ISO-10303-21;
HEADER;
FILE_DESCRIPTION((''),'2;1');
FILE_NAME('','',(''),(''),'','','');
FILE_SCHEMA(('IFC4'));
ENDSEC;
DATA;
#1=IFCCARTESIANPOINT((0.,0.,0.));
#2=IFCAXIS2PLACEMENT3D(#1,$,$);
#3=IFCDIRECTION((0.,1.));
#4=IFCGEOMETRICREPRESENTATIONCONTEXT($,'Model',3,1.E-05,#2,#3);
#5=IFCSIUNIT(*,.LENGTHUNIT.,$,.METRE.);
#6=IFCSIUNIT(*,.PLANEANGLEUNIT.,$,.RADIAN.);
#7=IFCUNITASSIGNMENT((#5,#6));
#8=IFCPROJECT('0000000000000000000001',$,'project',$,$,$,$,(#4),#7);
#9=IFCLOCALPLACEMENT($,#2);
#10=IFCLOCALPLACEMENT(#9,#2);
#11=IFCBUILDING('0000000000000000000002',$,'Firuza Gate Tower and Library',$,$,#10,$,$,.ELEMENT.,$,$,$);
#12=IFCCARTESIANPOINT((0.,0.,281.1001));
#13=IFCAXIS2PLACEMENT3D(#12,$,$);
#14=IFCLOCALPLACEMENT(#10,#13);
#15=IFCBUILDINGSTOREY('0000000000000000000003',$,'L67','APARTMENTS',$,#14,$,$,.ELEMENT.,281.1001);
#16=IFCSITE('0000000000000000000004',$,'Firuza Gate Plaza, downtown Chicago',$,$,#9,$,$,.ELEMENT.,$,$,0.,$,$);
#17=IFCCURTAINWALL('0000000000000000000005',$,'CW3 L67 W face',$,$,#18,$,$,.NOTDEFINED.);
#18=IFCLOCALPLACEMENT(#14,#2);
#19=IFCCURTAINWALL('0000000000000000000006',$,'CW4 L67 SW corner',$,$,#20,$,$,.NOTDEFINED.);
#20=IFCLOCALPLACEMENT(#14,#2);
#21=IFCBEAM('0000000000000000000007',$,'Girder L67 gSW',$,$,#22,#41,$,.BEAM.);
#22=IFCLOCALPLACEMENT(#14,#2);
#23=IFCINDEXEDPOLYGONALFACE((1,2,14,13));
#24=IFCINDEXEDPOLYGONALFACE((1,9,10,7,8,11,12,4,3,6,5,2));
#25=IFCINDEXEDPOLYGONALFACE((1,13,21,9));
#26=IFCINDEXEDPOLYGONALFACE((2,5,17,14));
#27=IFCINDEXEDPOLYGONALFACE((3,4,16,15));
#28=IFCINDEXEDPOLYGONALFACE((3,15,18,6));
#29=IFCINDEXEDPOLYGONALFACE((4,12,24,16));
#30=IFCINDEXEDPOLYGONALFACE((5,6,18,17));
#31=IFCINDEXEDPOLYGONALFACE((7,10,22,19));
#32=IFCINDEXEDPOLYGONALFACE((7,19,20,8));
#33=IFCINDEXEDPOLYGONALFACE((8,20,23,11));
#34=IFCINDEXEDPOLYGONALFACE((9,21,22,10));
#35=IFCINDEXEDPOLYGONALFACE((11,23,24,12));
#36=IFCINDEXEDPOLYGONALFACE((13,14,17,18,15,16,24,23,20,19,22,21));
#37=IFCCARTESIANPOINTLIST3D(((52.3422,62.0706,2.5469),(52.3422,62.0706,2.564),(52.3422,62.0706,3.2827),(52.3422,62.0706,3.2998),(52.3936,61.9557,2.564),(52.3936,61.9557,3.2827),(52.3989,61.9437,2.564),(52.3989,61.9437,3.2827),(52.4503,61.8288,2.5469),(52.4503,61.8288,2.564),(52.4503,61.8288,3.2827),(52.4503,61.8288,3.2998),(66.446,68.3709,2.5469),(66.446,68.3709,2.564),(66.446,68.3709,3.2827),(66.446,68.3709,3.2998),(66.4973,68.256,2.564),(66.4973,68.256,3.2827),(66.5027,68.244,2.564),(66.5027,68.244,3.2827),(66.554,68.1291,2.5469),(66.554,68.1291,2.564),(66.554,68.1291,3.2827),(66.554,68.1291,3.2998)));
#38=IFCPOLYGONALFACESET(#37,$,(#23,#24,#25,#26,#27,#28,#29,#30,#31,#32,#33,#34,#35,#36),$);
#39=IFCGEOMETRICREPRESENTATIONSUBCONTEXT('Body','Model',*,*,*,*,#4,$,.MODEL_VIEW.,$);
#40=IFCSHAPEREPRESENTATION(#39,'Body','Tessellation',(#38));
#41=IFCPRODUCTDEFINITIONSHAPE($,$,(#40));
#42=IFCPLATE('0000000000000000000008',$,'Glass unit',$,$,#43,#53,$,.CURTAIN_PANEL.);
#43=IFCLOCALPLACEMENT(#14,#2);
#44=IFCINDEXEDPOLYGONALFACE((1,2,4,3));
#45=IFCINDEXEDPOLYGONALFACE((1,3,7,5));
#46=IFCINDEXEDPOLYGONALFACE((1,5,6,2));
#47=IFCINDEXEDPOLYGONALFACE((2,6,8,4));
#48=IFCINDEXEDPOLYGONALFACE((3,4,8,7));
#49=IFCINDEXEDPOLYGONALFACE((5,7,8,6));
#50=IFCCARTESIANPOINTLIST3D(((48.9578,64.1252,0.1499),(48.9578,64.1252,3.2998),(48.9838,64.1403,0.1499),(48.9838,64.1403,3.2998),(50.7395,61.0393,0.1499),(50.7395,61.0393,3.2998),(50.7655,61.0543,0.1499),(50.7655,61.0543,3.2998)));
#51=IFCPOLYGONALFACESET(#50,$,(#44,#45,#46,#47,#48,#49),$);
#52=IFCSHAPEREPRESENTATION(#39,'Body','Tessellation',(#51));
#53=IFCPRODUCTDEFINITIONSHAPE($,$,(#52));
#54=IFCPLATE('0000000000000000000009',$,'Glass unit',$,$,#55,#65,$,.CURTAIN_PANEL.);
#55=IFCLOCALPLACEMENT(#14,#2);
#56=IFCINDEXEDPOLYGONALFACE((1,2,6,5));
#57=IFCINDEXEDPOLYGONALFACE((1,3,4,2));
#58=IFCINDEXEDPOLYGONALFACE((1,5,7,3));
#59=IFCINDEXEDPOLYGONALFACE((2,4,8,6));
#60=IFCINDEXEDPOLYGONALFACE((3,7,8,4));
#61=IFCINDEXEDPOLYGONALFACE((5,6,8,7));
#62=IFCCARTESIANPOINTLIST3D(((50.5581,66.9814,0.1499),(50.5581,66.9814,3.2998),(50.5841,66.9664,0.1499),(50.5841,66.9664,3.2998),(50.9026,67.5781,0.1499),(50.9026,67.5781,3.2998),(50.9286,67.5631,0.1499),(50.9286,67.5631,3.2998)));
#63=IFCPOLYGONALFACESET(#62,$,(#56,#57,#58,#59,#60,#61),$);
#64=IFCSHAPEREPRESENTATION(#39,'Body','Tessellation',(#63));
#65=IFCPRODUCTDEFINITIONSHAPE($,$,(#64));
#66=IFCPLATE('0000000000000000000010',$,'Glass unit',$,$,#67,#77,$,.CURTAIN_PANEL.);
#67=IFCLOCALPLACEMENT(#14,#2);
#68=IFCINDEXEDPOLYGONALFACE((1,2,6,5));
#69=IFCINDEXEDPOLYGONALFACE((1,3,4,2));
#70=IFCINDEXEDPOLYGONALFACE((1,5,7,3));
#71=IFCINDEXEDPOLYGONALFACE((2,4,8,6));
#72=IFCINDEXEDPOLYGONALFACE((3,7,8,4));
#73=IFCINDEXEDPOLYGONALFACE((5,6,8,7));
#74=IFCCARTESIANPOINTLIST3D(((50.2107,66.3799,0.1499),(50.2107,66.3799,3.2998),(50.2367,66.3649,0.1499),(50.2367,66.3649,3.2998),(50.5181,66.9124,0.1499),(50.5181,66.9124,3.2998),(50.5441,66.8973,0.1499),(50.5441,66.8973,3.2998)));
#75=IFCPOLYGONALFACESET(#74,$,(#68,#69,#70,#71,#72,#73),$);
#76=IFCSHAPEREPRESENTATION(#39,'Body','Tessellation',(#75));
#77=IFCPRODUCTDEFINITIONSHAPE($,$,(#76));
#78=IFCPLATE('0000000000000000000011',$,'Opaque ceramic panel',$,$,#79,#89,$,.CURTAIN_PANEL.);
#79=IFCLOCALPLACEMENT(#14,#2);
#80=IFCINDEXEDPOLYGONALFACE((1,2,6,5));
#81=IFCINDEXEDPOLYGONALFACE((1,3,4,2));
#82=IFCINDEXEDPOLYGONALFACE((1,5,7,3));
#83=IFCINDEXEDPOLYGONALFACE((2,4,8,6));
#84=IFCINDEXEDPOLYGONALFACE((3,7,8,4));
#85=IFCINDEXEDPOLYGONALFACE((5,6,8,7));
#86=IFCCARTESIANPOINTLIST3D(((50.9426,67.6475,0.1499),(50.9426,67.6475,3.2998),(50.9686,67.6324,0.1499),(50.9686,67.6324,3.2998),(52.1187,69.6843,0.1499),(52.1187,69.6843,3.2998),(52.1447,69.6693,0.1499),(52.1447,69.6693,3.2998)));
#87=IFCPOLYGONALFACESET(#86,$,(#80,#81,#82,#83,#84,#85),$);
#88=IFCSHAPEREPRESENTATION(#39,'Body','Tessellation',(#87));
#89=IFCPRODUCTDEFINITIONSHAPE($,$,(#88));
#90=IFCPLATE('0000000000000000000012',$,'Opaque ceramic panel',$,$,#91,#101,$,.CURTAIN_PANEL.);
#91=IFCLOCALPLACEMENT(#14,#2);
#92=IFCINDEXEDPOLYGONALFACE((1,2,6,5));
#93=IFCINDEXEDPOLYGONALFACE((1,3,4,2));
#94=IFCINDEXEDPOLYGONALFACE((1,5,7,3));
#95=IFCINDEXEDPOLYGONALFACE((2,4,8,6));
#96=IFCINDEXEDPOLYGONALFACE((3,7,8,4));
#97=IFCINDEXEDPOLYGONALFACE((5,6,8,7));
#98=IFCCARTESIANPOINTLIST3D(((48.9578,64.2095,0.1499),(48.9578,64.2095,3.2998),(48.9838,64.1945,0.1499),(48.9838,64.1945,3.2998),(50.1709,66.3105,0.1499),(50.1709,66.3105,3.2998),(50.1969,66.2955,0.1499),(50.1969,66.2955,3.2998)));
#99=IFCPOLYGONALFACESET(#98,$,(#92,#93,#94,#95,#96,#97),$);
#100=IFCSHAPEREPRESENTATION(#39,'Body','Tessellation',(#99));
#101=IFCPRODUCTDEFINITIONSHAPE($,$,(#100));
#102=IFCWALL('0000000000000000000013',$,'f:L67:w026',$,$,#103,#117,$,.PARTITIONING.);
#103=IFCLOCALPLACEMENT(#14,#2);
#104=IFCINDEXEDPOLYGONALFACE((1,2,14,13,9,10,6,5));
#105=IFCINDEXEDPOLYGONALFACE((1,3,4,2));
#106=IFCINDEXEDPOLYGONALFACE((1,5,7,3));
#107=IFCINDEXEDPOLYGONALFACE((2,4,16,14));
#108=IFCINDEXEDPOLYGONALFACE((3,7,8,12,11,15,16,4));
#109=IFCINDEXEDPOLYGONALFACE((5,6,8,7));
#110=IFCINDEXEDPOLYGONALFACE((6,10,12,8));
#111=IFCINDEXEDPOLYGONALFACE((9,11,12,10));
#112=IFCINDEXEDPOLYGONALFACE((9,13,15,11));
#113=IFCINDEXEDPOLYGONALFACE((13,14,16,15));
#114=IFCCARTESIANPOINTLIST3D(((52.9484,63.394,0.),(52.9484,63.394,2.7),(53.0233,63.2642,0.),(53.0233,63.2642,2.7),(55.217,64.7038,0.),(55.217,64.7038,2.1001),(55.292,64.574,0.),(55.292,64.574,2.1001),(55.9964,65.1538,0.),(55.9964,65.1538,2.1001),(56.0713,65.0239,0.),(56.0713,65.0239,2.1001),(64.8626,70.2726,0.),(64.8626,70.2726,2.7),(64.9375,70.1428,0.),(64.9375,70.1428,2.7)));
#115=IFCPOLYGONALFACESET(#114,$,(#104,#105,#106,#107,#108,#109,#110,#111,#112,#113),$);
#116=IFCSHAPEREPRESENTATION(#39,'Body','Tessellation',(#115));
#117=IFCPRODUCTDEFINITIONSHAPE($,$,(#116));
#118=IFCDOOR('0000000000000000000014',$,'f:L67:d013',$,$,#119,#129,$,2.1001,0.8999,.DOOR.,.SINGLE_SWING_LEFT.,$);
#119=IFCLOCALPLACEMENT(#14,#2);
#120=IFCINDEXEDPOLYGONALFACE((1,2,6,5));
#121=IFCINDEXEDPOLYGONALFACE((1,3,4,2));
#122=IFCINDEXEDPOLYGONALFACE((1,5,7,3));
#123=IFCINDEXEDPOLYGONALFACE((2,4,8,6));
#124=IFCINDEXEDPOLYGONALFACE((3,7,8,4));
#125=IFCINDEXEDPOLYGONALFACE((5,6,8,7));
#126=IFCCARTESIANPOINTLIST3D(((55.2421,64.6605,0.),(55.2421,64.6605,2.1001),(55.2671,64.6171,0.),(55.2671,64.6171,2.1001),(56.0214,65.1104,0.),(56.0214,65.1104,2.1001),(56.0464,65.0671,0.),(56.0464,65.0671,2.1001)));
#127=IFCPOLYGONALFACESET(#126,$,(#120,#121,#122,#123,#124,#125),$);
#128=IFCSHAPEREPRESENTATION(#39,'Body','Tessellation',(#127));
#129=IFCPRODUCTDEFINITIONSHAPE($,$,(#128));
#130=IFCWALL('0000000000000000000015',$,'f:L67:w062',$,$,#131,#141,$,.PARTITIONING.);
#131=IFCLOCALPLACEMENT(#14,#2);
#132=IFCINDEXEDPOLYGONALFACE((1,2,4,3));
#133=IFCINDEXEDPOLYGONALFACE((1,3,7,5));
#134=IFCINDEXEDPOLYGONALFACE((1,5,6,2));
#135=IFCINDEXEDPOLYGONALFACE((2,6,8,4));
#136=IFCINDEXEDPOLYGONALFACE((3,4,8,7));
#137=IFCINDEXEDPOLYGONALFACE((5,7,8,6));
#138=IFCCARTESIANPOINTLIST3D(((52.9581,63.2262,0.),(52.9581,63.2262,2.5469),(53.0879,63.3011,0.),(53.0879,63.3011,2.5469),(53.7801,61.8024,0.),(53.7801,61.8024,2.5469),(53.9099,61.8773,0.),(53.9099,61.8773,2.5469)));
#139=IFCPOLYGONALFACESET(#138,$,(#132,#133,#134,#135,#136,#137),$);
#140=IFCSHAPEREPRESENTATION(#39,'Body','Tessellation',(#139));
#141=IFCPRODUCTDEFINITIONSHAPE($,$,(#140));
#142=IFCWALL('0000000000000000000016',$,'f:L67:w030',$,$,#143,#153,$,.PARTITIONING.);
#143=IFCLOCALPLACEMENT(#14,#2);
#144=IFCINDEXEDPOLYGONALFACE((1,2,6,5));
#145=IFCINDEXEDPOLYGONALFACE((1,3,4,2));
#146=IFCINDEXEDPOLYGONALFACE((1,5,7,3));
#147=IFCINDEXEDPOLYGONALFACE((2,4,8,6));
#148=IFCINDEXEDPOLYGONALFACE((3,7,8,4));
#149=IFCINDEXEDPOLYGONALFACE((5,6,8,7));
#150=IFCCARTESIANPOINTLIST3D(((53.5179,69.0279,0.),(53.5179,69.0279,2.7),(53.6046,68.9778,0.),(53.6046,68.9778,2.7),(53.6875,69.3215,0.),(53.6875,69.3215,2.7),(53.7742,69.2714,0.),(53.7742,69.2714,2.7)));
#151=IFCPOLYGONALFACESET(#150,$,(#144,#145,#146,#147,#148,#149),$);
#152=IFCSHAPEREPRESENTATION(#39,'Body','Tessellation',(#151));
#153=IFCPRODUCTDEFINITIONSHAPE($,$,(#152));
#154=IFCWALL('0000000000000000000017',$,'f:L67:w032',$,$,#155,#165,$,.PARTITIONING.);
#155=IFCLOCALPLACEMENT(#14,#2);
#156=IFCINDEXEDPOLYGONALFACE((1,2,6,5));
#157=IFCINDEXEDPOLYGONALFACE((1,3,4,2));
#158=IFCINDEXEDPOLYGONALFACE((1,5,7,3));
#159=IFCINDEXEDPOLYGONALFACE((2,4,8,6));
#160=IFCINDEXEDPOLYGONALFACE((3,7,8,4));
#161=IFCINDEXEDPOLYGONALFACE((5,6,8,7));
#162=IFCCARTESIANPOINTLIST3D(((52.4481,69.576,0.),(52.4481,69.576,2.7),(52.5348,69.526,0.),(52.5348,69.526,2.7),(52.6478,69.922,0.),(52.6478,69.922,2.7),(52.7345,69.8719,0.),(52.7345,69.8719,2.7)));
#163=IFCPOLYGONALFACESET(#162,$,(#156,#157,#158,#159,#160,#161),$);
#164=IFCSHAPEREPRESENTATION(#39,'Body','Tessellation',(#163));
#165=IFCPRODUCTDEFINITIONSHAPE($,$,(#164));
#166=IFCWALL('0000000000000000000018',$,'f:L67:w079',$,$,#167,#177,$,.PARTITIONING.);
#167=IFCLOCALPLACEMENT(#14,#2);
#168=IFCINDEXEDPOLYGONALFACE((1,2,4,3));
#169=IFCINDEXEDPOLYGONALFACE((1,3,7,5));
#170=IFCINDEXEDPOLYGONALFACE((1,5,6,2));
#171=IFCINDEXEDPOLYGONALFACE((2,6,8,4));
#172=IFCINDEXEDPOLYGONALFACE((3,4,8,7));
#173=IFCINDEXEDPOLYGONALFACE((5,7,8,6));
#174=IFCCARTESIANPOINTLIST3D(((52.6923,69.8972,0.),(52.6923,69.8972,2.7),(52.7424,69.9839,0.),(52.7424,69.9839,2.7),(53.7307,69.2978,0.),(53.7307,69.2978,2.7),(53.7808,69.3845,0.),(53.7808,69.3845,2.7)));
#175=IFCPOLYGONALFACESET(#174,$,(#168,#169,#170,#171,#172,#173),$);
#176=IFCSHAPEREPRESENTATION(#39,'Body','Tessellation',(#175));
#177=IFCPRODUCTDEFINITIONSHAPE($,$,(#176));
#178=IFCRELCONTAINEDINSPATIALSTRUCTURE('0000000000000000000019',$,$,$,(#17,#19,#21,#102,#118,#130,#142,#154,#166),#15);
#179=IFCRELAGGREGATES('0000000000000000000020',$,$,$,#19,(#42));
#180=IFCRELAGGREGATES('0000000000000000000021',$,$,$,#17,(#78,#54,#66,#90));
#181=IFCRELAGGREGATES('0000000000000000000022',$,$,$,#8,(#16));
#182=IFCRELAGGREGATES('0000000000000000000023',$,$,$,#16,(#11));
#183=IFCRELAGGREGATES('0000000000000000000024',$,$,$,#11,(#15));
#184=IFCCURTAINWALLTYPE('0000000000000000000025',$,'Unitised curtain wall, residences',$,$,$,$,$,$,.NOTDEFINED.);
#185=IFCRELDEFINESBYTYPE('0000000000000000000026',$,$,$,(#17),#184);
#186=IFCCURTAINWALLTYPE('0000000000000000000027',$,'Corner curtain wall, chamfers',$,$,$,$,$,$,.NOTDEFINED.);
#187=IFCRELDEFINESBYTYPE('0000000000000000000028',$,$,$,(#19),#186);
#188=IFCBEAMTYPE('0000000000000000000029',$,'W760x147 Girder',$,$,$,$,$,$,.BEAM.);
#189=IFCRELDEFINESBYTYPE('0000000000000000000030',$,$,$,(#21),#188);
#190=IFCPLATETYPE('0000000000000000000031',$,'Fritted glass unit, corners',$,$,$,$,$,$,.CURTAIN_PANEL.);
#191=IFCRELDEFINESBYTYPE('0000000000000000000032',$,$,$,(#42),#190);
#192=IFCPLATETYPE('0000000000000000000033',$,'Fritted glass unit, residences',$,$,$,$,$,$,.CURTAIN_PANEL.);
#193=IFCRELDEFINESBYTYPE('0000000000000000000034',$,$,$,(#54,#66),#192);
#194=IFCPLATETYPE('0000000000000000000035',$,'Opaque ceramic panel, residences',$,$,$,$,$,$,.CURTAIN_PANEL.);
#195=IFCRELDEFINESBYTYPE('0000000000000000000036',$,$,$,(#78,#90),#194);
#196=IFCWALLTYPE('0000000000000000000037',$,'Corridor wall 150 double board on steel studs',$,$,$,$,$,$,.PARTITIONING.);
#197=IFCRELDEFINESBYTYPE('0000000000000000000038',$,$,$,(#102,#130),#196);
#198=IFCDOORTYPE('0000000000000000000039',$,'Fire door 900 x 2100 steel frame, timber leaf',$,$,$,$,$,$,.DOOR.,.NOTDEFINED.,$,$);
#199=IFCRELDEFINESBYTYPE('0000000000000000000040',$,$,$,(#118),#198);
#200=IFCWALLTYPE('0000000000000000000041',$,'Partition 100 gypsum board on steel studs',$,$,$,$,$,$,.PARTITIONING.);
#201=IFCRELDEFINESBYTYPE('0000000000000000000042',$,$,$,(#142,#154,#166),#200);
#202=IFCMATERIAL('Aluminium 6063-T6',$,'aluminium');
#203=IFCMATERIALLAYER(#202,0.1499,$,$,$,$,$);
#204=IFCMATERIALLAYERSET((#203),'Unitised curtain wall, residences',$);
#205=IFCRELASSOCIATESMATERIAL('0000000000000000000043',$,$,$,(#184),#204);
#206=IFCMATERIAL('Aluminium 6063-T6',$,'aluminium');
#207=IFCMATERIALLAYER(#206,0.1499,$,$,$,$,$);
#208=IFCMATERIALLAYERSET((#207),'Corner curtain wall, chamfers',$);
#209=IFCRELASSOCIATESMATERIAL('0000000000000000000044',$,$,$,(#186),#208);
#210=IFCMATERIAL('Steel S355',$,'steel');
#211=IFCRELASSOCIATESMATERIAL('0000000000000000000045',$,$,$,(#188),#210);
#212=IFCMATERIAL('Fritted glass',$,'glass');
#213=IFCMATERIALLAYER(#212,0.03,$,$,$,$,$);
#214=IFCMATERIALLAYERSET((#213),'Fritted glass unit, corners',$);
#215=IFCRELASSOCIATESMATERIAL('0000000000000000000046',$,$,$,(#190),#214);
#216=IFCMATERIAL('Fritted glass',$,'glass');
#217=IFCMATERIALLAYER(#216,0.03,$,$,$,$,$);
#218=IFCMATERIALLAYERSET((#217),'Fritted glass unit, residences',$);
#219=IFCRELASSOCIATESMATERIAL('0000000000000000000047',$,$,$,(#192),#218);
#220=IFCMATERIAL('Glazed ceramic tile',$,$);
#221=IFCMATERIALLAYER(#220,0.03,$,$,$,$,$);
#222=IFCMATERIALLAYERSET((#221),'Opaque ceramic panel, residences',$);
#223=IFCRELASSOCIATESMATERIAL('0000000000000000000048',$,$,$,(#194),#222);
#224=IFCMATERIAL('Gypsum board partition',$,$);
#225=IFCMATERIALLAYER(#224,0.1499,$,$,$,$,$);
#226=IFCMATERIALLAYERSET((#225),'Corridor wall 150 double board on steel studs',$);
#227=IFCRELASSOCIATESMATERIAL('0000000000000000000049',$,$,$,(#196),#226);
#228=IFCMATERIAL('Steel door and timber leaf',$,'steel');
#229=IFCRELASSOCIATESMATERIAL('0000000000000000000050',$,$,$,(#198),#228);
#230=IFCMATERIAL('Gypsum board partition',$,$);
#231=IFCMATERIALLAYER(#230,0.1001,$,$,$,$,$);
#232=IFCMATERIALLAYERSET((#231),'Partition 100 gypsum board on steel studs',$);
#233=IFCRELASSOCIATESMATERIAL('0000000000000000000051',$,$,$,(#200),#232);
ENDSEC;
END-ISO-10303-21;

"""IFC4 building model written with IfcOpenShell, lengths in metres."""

from ifc_helpers import new_model, si_unit, direction, frame, frame_2d, origin, origin_2d, place, context, subcontext, project, spatial, polyline, rectangle, i_section, outline, extrude, material, layer, layer_set, material_profile, profile_set, type_object, element, fill, aggregate, save


model = new_model("IFC4")

# Units and contexts
model_context = context("Model", 3, precision=1e-05, world=origin(), true_north=direction((0.0, 1.0)))
body_context = subcontext(model_context, "Body", "Model", "MODEL_VIEW")
ifc_project = project(units=[si_unit("LENGTHUNIT", "METRE"), si_unit("PLANEANGLEUNIT", "RADIAN")], contexts=[model_context])

# Site, building, storey
site_placement = place(None, origin())
site = spatial("IfcSite", under=ifc_project, at=site_placement, Name="Firuza Gate Plaza, downtown Chicago", CompositionType="ELEMENT", RefElevation=0.0)
building_placement = place(site_placement, origin())
building = spatial("IfcBuilding", under=site, at=building_placement, Name="Firuza Gate Tower and Library", CompositionType="ELEMENT")
storey_placement = place(building_placement, frame((0.0, 0.0, 281.1001)))
storey = spatial("IfcBuildingStorey", under=building, at=storey_placement, Name="L67", Description="APARTMENTS", CompositionType="ELEMENT", Elevation=281.1001)

# Curtain wall
ifc_material_1 = material(Name="Aluminium 6063-T6", Category="aluminium")
ifc_layer_1 = layer(ifc_material_1, 0.1499)
ifc_layer_set_1 = layer_set([ifc_layer_1], Name="Unitised curtain wall, residences")
curtain_wall_type_1 = type_object("IfcCurtainWallType", Name="Unitised curtain wall, residences", PredefinedType="NOTDEFINED", material=ifc_layer_set_1)
placement = place(storey_placement, origin())
curtain_wall_1 = element("IfcCurtainWall", 1, at=placement, inside=storey, type_object=curtain_wall_type_1, Name="CW3 L67 W face", PredefinedType="NOTDEFINED")

# Curtain wall
ifc_material_2 = material(Name="Aluminium 6063-T6", Category="aluminium")
ifc_layer_2 = layer(ifc_material_2, 0.1499)
ifc_layer_set_2 = layer_set([ifc_layer_2], Name="Corner curtain wall, chamfers")
curtain_wall_type_2 = type_object("IfcCurtainWallType", Name="Corner curtain wall, chamfers", PredefinedType="NOTDEFINED", material=ifc_layer_set_2)
curtain_wall_2 = element("IfcCurtainWall", 2, at=placement, inside=storey, type_object=curtain_wall_type_2, Name="CW4 L67 SW corner", PredefinedType="NOTDEFINED")

# Beam
ifc_material_3 = material(Name="Steel S355", Category="steel")
ifc_material_profile_1 = material_profile(ifc_material_3, i_section(OverallWidth=0.2649, OverallDepth=0.7529, WebThickness=0.0132, FlangeThickness=0.0171, at=origin_2d()))
ifc_profile_set_1 = profile_set([ifc_material_profile_1], Name="Steel S355")
beam_type_1 = type_object("IfcBeamType", Name="W760x147 Girder", PredefinedType="BEAM", material=ifc_profile_set_1)
beam_1_placement = place(storey_placement, frame((52.3962, 61.9497, 2.9233), z_axis=(0.913042, 0.407865, 0.0), x_axis=(-0.407865, 0.913042, 0.0)))
element("IfcBeam", 3, at=beam_1_placement, inside=storey, type_object=beam_type_1, Name="Girder L67 gSW", PredefinedType="BEAM", context=body_context, shape_type="SweptSolid", body=[
    extrude(i_section(OverallWidth=0.2649, OverallDepth=0.7529, WebThickness=0.0132, FlangeThickness=0.0171, at=origin_2d()), origin(), (0.0, 0.0, 1.0), 15.447),
])

# Plates
ifc_material_4 = material(Name="Fritted glass", Category="glass")
ifc_layer_3 = layer(ifc_material_4, 0.03)
ifc_layer_set_3 = layer_set([ifc_layer_3], Name="Fritted glass unit, corners")
plate_type_1 = type_object("IfcPlateType", Name="Fritted glass unit, corners", PredefinedType="CURTAIN_PANEL", material=ifc_layer_set_3)
plate_1_placement = place(storey_placement, frame((48.9578, 64.1252, 0.1499), z_axis=(-0.866017, -0.500015, 0.0), x_axis=(0.500015, -0.866017, 0.0)))
plate_1 = element("IfcPlate", 4, at=plate_1_placement, type_object=plate_type_1, Name="Glass unit", PredefinedType="CURTAIN_PANEL", context=body_context, shape_type="SweptSolid", body=[
    extrude(outline(polyline([(0.0, 0.0), (3.5634, 0.0), (3.5634, 3.1499), (0.0, 3.1499), (0.0, 0.0)])), origin(), (0.0, 0.0, -1.0), 0.03),
])
aggregate(curtain_wall_2, [plate_1])
ifc_material_5 = material(Name="Fritted glass", Category="glass")
ifc_layer_4 = layer(ifc_material_5, 0.03)
ifc_layer_set_4 = layer_set([ifc_layer_4], Name="Fritted glass unit, residences")
plate_type_2 = type_object("IfcPlateType", Name="Fritted glass unit, residences", PredefinedType="CURTAIN_PANEL", material=ifc_layer_set_4)
plate_2_placement = place(storey_placement, frame((50.9026, 67.5781, 0.1499), z_axis=(-0.866032, 0.499988, 0.0), x_axis=(-0.499988, -0.866032, 0.0)))
plate_2 = element("IfcPlate", 5, at=plate_2_placement, type_object=plate_type_2, Name="Glass unit", PredefinedType="CURTAIN_PANEL", context=body_context, shape_type="SweptSolid", body=[
    extrude(outline(polyline([(0.0, 0.0), (0.689, 0.0), (0.689, 3.1499), (0.0, 3.1499), (0.0, 0.0)])), origin(), (0.0, 0.0, -1.0), 0.03),
])
plate_3_placement = place(storey_placement, frame((50.5181, 66.9124, 0.1499), z_axis=(-0.86606, 0.49994, 0.0), x_axis=(-0.49994, -0.86606, 0.0)))
plate_3 = element("IfcPlate", 6, at=plate_3_placement, type_object=plate_type_2, Name="Glass unit", PredefinedType="CURTAIN_PANEL", context=body_context, shape_type="SweptSolid", body=[
    extrude(outline(polyline([(0.0, 0.0), (0.6148, 0.0), (0.6148, 3.1499), (0.0, 3.1499), (0.0, 0.0)])), origin(), (0.0, 0.0, -1.0), 0.03),
])
ifc_material_6 = material(Name="Glazed ceramic tile")
ifc_layer_5 = layer(ifc_material_6, 0.03)
ifc_layer_set_5 = layer_set([ifc_layer_5], Name="Opaque ceramic panel, residences")
plate_type_3 = type_object("IfcPlateType", Name="Opaque ceramic panel, residences", PredefinedType="CURTAIN_PANEL", material=ifc_layer_set_5)
plate_4_placement = place(storey_placement, frame((52.1187, 69.6843, 0.1499), z_axis=(-0.866018, 0.500013, 0.0), x_axis=(-0.500013, -0.866018, 0.0)))
plate_4 = element("IfcPlate", 7, at=plate_4_placement, type_object=plate_type_3, Name="Opaque ceramic panel", PredefinedType="CURTAIN_PANEL", context=body_context, shape_type="SweptSolid", body=[
    extrude(outline(polyline([(0.0, 0.0), (2.352, 0.0), (2.352, 3.1499), (0.0, 3.1499), (0.0, 0.0)])), origin(), (0.0, 0.0, -1.0), 0.03),
])
plate_5_placement = place(storey_placement, frame((50.1709, 66.3105, 0.1499), z_axis=(-0.866011, 0.500024, 0.0), x_axis=(-0.500024, -0.866011, 0.0)))
plate_5 = element("IfcPlate", 8, at=plate_5_placement, type_object=plate_type_3, Name="Opaque ceramic panel", PredefinedType="CURTAIN_PANEL", context=body_context, shape_type="SweptSolid", body=[
    extrude(outline(polyline([(0.0, 0.0), (2.4262, 0.0), (2.4262, 3.1499), (0.0, 3.1499), (0.0, 0.0)])), origin(), (0.0, 0.0, -1.0), 0.03),
])
aggregate(curtain_wall_1, [plate_4, plate_2, plate_3, plate_5])

# Wall, opening, door
ifc_material_7 = material(Name="Gypsum board partition")
ifc_layer_6 = layer(ifc_material_7, 0.1499)
ifc_layer_set_6 = layer_set([ifc_layer_6], Name="Corridor wall 150 double board on steel studs")
wall_type_1 = type_object("IfcWallType", Name="Corridor wall 150 double board on steel studs", PredefinedType="PARTITIONING", material=ifc_layer_set_6)
wall_1_placement = place(storey_placement, frame((52.9858, 63.3291, 0.0), z_axis=(0.0, 0.0, 1.0), x_axis=(0.866027, 0.499996, 0.0)))
wall_1 = element("IfcWall", 9, at=wall_1_placement, inside=storey, type_object=wall_type_1, Name="f:L67:w026", PredefinedType="PARTITIONING", context=body_context, shape_type="SweptSolid", body=[
    extrude(rectangle(XDim=13.7573, YDim=0.1499, at=frame_2d((6.8787, 0.0))), origin(), (0.0, 0.0, 1.0), 2.7),
])
opening_placement = place(wall_1_placement, frame((2.6196, 0.0, 0.0)))
opening = element("IfcOpeningElement", 10, at=opening_placement, cuts=wall_1, PredefinedType="OPENING", context=body_context, shape_type="SweptSolid", body=[
    extrude(rectangle(XDim=0.8999, YDim=2.1001, at=frame_2d((0.45, 1.05))), frame((0.0, 0.085, 0.0), z_axis=(0.0, -1.0, 0.0), x_axis=(1.0, 0.0, 0.0)), (0.0, 0.0, 1.0), 0.1699),
])
ifc_material_8 = material(Name="Steel door and timber leaf", Category="steel")
door_type = type_object("IfcDoorType", Name="Fire door 900 x 2100 steel frame, timber leaf", OperationType="NOTDEFINED", PredefinedType="DOOR", material=ifc_material_8)
door_placement = place(opening_placement, origin())
door = element("IfcDoor", 11, at=door_placement, inside=storey, type_object=door_type, Name="f:L67:d013", OperationType="SINGLE_SWING_LEFT", OverallHeight=2.1001, OverallWidth=0.8999, PredefinedType="DOOR", context=body_context, shape_type="SweptSolid", body=[
    extrude(rectangle(XDim=0.8999, YDim=2.1001, at=frame_2d((0.45, 1.05))), frame((0.0, 0.0249, 0.0), z_axis=(0.0, -1.0, 0.0), x_axis=(1.0, 0.0, 0.0)), (0.0, 0.0, 1.0), 0.05),
])
fill(opening, door)

# Walls
wall_2_placement = place(storey_placement, frame((53.845, 61.8398, 0.0), z_axis=(0.0, 0.0, 1.0), x_axis=(-0.499988, 0.866032, 0.0)))
element("IfcWall", 12, at=wall_2_placement, inside=storey, type_object=wall_type_1, Name="f:L67:w062", PredefinedType="PARTITIONING", context=body_context, shape_type="SweptSolid", body=[
    extrude(rectangle(XDim=1.644, YDim=0.1499, at=frame_2d((0.822, 0.0))), origin(), (0.0, 0.0, 1.0), 2.5469),
])
ifc_material_9 = material(Name="Gypsum board partition")
ifc_layer_7 = layer(ifc_material_9, 0.1001)
ifc_layer_set_7 = layer_set([ifc_layer_7], Name="Partition 100 gypsum board on steel studs")
wall_type_2 = type_object("IfcWallType", Name="Partition 100 gypsum board on steel studs", PredefinedType="PARTITIONING", material=ifc_layer_set_7)
wall_3_placement = place(storey_placement, frame((53.5613, 69.0029, 0.0), z_axis=(0.0, 0.0, 1.0), x_axis=(0.500242, 0.865886, 0.0)))
element("IfcWall", 13, at=wall_3_placement, inside=storey, type_object=wall_type_2, Name="f:L67:w030", PredefinedType="PARTITIONING", context=body_context, shape_type="SweptSolid", body=[
    extrude(rectangle(XDim=0.3391, YDim=0.1001, at=frame_2d((0.1694, 0.0))), origin(), (0.0, 0.0, 1.0), 2.7),
])
wall_4_placement = place(storey_placement, frame((52.4915, 69.551, 0.0), z_axis=(0.0, 0.0, 1.0), x_axis=(0.499952, 0.866053, 0.0)))
element("IfcWall", 14, at=wall_4_placement, inside=storey, type_object=wall_type_2, Name="f:L67:w032", PredefinedType="PARTITIONING", context=body_context, shape_type="SweptSolid", body=[
    extrude(rectangle(XDim=0.3994, YDim=0.1001, at=frame_2d((0.1997, 0.0))), origin(), (0.0, 0.0, 1.0), 2.7),
])
wall_5_placement = place(storey_placement, frame((53.7559, 69.3411, 0.0), z_axis=(0.0, 0.0, 1.0), x_axis=(-0.866067, 0.499928, 0.0)))
element("IfcWall", 15, at=wall_5_placement, inside=storey, type_object=wall_type_2, Name="f:L67:w079", PredefinedType="PARTITIONING", context=body_context, shape_type="SweptSolid", body=[
    extrude(rectangle(XDim=1.199, YDim=0.1001, at=frame_2d((0.5996, 0.0))), origin(), (0.0, 0.0, 1.0), 2.7),
])

save(model, "model.ifc")
